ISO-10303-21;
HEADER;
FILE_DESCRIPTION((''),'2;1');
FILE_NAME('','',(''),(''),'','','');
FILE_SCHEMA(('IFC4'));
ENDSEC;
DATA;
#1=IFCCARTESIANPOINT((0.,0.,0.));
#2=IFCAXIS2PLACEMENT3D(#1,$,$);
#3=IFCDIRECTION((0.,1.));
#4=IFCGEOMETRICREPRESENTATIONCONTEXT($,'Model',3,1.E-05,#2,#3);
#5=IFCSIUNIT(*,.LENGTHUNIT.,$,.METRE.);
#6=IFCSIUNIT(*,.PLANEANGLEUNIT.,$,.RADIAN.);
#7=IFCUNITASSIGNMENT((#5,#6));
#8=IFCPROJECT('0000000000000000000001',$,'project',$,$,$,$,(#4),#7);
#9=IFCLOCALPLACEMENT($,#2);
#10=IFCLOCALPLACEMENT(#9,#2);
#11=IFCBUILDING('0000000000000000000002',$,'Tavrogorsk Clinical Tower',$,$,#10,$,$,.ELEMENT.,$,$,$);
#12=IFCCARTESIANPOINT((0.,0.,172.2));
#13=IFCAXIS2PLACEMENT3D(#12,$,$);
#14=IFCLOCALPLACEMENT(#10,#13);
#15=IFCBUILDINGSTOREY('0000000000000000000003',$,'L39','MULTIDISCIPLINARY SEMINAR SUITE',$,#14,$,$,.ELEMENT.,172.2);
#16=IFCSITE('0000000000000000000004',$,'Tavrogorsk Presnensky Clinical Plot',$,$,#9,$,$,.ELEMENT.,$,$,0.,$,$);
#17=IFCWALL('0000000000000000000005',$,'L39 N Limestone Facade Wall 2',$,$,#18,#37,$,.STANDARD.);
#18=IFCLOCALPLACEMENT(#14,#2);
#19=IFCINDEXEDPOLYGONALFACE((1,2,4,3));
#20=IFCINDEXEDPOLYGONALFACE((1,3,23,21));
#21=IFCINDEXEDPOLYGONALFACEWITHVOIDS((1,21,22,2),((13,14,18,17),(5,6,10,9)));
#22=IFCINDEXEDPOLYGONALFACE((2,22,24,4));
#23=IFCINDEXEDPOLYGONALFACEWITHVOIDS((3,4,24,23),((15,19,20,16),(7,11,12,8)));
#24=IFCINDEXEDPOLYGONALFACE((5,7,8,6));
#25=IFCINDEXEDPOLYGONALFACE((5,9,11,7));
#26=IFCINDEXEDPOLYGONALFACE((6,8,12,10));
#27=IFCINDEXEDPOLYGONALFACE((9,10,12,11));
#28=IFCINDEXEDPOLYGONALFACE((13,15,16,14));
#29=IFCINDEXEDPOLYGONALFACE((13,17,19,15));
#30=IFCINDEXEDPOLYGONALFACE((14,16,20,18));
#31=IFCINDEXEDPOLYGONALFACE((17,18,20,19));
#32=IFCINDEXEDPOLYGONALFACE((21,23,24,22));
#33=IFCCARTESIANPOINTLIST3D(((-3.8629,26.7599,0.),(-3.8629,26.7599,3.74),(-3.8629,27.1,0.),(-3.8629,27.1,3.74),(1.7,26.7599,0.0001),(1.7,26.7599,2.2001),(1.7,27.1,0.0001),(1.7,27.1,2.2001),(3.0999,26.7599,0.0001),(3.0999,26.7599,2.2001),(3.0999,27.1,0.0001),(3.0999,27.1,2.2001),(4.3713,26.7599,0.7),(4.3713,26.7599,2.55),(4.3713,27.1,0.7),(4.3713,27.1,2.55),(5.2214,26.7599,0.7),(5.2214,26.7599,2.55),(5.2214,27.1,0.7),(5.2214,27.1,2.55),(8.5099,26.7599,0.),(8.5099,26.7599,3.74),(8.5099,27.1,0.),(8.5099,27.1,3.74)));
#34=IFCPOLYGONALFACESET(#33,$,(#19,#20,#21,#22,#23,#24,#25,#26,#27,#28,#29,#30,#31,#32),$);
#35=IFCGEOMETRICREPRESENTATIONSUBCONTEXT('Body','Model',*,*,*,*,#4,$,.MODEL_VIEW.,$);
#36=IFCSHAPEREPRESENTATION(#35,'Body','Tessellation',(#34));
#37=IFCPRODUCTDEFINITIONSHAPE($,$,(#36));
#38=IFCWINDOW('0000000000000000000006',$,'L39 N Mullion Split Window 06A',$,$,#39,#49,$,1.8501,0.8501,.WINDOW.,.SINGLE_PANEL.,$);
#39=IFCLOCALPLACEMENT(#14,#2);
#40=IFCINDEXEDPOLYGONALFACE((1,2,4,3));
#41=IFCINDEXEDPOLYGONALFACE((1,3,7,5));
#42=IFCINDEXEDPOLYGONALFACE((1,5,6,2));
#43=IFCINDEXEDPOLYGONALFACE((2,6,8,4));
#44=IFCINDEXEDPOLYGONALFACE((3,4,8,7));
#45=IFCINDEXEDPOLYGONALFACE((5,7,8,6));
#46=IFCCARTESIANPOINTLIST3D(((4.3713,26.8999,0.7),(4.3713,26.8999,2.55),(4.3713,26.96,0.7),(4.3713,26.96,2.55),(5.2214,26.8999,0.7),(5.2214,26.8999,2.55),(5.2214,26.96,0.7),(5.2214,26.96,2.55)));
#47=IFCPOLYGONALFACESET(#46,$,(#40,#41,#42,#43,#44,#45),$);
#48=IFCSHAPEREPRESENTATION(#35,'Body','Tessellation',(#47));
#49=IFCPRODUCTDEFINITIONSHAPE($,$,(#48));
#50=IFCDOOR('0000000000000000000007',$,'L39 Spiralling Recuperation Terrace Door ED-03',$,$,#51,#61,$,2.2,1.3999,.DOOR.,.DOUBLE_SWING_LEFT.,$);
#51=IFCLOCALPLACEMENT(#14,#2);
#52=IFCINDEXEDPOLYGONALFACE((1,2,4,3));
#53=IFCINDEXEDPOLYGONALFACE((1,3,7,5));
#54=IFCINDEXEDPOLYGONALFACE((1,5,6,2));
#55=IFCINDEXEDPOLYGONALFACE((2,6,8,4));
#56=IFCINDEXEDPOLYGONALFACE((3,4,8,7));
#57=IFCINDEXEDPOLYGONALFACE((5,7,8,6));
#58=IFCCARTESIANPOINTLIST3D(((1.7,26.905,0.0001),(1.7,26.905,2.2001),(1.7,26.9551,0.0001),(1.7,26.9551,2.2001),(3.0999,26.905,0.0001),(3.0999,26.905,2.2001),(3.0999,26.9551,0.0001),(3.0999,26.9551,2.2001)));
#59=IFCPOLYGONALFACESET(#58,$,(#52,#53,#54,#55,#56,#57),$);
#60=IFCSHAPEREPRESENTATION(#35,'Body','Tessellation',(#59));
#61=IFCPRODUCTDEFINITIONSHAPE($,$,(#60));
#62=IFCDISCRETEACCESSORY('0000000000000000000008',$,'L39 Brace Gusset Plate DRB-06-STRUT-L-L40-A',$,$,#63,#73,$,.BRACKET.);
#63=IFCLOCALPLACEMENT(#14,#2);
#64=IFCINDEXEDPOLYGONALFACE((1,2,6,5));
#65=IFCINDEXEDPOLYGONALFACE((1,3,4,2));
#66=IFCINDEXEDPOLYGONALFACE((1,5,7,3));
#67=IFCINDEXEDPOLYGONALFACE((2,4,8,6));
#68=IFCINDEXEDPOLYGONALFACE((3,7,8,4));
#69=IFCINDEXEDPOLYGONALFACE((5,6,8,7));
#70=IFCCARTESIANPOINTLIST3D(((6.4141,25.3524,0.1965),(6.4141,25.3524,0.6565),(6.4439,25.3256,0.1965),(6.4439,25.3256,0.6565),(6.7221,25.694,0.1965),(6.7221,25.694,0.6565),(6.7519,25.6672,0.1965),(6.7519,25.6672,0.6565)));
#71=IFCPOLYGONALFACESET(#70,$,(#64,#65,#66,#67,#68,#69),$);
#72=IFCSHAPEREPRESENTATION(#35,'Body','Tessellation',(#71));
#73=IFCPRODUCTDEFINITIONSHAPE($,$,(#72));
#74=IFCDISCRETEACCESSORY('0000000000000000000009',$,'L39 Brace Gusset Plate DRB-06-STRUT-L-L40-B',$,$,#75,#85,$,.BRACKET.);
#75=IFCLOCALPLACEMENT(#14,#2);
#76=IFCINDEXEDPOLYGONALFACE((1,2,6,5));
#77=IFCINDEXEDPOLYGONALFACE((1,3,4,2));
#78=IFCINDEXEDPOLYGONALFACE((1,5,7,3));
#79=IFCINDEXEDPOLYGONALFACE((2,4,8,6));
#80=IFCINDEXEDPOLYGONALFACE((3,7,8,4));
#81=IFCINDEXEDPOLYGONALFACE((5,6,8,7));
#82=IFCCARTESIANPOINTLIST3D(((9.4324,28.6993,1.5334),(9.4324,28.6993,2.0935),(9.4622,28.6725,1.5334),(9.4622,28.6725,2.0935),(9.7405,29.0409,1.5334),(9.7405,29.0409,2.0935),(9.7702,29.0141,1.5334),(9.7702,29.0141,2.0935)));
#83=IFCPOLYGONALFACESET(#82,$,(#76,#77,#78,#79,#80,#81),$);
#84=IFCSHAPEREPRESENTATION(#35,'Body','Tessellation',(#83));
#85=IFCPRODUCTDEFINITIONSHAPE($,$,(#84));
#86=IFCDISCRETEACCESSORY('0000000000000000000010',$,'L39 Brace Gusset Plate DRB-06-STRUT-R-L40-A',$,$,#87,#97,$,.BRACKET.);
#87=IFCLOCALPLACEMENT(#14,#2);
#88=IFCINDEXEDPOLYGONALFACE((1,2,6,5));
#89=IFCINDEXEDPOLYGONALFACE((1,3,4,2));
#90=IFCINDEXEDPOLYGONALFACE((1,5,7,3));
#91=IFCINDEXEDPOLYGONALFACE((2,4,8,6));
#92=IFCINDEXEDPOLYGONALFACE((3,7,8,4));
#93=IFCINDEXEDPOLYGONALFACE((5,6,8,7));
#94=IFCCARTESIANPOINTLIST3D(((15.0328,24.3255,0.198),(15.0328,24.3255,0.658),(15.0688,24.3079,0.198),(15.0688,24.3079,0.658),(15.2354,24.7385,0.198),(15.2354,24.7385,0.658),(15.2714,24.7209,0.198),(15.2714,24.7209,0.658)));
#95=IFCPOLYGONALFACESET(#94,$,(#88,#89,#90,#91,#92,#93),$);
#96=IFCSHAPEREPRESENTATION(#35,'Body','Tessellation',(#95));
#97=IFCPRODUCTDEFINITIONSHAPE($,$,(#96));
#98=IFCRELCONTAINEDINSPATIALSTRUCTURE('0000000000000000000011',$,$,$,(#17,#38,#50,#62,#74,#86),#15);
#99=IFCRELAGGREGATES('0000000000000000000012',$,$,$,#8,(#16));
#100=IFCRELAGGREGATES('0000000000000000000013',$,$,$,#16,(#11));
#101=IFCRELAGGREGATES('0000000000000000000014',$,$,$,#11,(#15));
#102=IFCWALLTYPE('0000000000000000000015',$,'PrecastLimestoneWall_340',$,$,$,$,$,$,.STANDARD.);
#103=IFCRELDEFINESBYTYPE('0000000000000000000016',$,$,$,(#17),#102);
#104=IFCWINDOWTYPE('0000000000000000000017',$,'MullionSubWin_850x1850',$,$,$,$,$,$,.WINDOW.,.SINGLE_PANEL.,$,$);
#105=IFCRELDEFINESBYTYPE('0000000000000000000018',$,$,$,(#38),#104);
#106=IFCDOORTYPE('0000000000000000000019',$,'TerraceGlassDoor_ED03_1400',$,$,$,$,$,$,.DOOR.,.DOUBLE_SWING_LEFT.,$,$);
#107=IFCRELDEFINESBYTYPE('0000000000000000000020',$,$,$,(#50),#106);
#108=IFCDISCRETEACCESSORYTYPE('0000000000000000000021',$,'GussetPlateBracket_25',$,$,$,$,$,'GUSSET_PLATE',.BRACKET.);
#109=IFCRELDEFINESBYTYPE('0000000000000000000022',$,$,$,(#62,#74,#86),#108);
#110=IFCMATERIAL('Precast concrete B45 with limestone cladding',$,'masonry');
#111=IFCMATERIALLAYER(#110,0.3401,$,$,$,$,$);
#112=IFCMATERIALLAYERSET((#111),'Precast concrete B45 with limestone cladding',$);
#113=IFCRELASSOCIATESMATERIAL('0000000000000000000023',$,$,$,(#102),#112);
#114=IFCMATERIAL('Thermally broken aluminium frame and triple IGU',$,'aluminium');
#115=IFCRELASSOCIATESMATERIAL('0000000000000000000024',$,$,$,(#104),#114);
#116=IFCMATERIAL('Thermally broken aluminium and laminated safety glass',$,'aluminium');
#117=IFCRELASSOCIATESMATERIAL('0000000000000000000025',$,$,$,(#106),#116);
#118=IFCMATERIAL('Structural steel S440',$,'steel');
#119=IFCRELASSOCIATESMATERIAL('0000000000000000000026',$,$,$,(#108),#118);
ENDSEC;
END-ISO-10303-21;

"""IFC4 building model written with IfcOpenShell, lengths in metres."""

from ifc_helpers import new_model, si_unit, direction, frame, frame_2d, origin, origin_2d, place, context, subcontext, project, spatial, rectangle, extrude, material, layer, layer_set, type_object, element, fill, save


model = new_model("IFC4")

# Units and contexts
model_context = context("Model", 3, precision=1e-05, world=origin(), true_north=direction((0.0, 1.0)))
body_context = subcontext(model_context, "Body", "Model", "MODEL_VIEW")
ifc_project = project(units=[si_unit("LENGTHUNIT", "METRE"), si_unit("PLANEANGLEUNIT", "RADIAN")], contexts=[model_context])

# Site, building, storey
site_placement = place(None, origin())
site = spatial("IfcSite", under=ifc_project, at=site_placement, Name="Tavrogorsk Presnensky Clinical Plot", CompositionType="ELEMENT", RefElevation=0.0)
building_placement = place(site_placement, origin())
building = spatial("IfcBuilding", under=site, at=building_placement, Name="Tavrogorsk Clinical Tower", CompositionType="ELEMENT")
storey_placement = place(building_placement, frame((0.0, 0.0, 172.2)))
storey = spatial("IfcBuildingStorey", under=building, at=storey_placement, Name="L39", Description="MULTIDISCIPLINARY SEMINAR SUITE", CompositionType="ELEMENT", Elevation=172.2)

# Wall, openings, window, door
ifc_material_1 = material(Name="Precast concrete B45 with limestone cladding", Category="masonry")
ifc_layer_1 = layer(ifc_material_1, 0.3401)
ifc_layer_set_1 = layer_set([ifc_layer_1], Name="Precast concrete B45 with limestone cladding")
wall_type = type_object("IfcWallType", Name="PrecastLimestoneWall_340", PredefinedType="STANDARD", material=ifc_layer_set_1)
wall_placement = place(storey_placement, frame((8.51, 26.9299, 0.0), z_axis=(0.0, 0.0, 1.0), x_axis=(-1.0, 0.0, 0.0)))
wall = element("IfcWall", 1, at=wall_placement, inside=storey, type_object=wall_type, Name="L39 N Limestone Facade Wall 2", PredefinedType="STANDARD", context=body_context, shape_type="SweptSolid", body=[
    extrude(rectangle(XDim=12.3728, YDim=0.3401, at=frame_2d((6.1865, 0.0))), origin(), (0.0, 0.0, 1.0), 3.74),
])
opening_1_placement = place(wall_placement, frame((5.4102, 0.0, 0.0)))
opening_1 = element("IfcOpeningElement", 2, at=opening_1_placement, cuts=wall, PredefinedType="OPENING", context=body_context, shape_type="SweptSolid", body=[
    extrude(rectangle(XDim=1.3999, YDim=2.2, at=frame_2d((0.7, 1.1001))), frame((0.0, 0.1799, 0.0), z_axis=(0.0, -1.0, 0.0), x_axis=(1.0, 0.0, 0.0)), (0.0, 0.0, 1.0), 0.3601),
])
opening_2_placement = place(wall_placement, frame((3.2886, 0.0, 0.7)))
opening_2 = element("IfcOpeningElement", 3, at=opening_2_placement, cuts=wall, PredefinedType="OPENING", context=body_context, shape_type="SweptSolid", body=[
    extrude(rectangle(XDim=0.8501, YDim=1.8501, at=frame_2d((0.425, 0.925))), frame((0.0, 0.1799, 0.0), z_axis=(0.0, -1.0, 0.0), x_axis=(1.0, 0.0, 0.0)), (0.0, 0.0, 1.0), 0.3601),
])
ifc_material_2 = material(Name="Thermally broken aluminium frame and triple IGU", Category="aluminium")
window_type = type_object("IfcWindowType", Name="MullionSubWin_850x1850", PartitioningType="SINGLE_PANEL", PredefinedType="WINDOW", material=ifc_material_2)
window_placement = place(opening_2_placement, origin())
window = element("IfcWindow", 4, at=window_placement, inside=storey, type_object=window_type, Name="L39 N Mullion Split Window 06A", OverallHeight=1.8501, OverallWidth=0.8501, PartitioningType="SINGLE_PANEL", PredefinedType="WINDOW", context=body_context, shape_type="SweptSolid", body=[
    extrude(rectangle(XDim=0.8501, YDim=1.8501, at=frame_2d((0.425, 0.925))), frame((0.0, 0.03, 0.0), z_axis=(0.0, -1.0, 0.0), x_axis=(1.0, 0.0, 0.0)), (0.0, 0.0, 1.0), 0.0601),
])
fill(opening_2, window)
ifc_material_3 = material(Name="Thermally broken aluminium and laminated safety glass", Category="aluminium")
door_type = type_object("IfcDoorType", Name="TerraceGlassDoor_ED03_1400", OperationType="DOUBLE_SWING_LEFT", PredefinedType="DOOR", material=ifc_material_3)
door_placement = place(opening_1_placement, origin())
door = element("IfcDoor", 5, at=door_placement, inside=storey, type_object=door_type, Name="L39 Spiralling Recuperation Terrace Door ED-03", OperationType="DOUBLE_SWING_LEFT", OverallHeight=2.2, OverallWidth=1.3999, PredefinedType="DOOR", context=body_context, shape_type="SweptSolid", body=[
    extrude(rectangle(XDim=1.3999, YDim=2.2, at=frame_2d((0.7, 1.1001))), frame((0.0, 0.0249, 0.0), z_axis=(0.0, -1.0, 0.0), x_axis=(1.0, 0.0, 0.0)), (0.0, 0.0, 1.0), 0.05),
])
fill(opening_1, door)

# Discrete accessories
ifc_material_4 = material(Name="Structural steel S440", Category="steel")
discrete_accessory_type = type_object("IfcDiscreteAccessoryType", Name="GussetPlateBracket_25", ElementType="GUSSET_PLATE", PredefinedType="BRACKET", material=ifc_material_4)
discrete_accessory_1_placement = place(storey_placement, frame((6.583, 25.5098, 0.1965), z_axis=(0.0, 0.0, 1.0), x_axis=(0.669649, 0.742678, 0.0)))
element("IfcDiscreteAccessory", 6, at=discrete_accessory_1_placement, inside=storey, type_object=discrete_accessory_type, Name="L39 Brace Gusset Plate DRB-06-STRUT-L-L40-A", PredefinedType="BRACKET", context=body_context, shape_type="SweptSolid", body=[
    extrude(rectangle(XDim=0.46, YDim=0.04, at=origin_2d()), origin(), (0.0, 0.0, 1.0), 0.46),
])
discrete_accessory_2_placement = place(storey_placement, frame((9.6013, 28.8567, 1.5334), z_axis=(0.0, 0.0, 1.0), x_axis=(0.669649, 0.742678, 0.0)))
element("IfcDiscreteAccessory", 7, at=discrete_accessory_2_placement, inside=storey, type_object=discrete_accessory_type, Name="L39 Brace Gusset Plate DRB-06-STRUT-L-L40-B", PredefinedType="BRACKET", context=body_context, shape_type="SweptSolid", body=[
    extrude(rectangle(XDim=0.46, YDim=0.04, at=origin_2d()), origin(), (0.0, 0.0, 1.0), 0.5601),
])
discrete_accessory_3_placement = place(storey_placement, frame((15.1521, 24.5232, 0.198), z_axis=(0.0, 0.0, 1.0), x_axis=(0.440409, 0.897797, 0.0)))
element("IfcDiscreteAccessory", 8, at=discrete_accessory_3_placement, inside=storey, type_object=discrete_accessory_type, Name="L39 Brace Gusset Plate DRB-06-STRUT-R-L40-A", PredefinedType="BRACKET", context=body_context, shape_type="SweptSolid", body=[
    extrude(rectangle(XDim=0.46, YDim=0.04, at=origin_2d()), origin(), (0.0, 0.0, 1.0), 0.46),
])

save(model, "model.ifc")
